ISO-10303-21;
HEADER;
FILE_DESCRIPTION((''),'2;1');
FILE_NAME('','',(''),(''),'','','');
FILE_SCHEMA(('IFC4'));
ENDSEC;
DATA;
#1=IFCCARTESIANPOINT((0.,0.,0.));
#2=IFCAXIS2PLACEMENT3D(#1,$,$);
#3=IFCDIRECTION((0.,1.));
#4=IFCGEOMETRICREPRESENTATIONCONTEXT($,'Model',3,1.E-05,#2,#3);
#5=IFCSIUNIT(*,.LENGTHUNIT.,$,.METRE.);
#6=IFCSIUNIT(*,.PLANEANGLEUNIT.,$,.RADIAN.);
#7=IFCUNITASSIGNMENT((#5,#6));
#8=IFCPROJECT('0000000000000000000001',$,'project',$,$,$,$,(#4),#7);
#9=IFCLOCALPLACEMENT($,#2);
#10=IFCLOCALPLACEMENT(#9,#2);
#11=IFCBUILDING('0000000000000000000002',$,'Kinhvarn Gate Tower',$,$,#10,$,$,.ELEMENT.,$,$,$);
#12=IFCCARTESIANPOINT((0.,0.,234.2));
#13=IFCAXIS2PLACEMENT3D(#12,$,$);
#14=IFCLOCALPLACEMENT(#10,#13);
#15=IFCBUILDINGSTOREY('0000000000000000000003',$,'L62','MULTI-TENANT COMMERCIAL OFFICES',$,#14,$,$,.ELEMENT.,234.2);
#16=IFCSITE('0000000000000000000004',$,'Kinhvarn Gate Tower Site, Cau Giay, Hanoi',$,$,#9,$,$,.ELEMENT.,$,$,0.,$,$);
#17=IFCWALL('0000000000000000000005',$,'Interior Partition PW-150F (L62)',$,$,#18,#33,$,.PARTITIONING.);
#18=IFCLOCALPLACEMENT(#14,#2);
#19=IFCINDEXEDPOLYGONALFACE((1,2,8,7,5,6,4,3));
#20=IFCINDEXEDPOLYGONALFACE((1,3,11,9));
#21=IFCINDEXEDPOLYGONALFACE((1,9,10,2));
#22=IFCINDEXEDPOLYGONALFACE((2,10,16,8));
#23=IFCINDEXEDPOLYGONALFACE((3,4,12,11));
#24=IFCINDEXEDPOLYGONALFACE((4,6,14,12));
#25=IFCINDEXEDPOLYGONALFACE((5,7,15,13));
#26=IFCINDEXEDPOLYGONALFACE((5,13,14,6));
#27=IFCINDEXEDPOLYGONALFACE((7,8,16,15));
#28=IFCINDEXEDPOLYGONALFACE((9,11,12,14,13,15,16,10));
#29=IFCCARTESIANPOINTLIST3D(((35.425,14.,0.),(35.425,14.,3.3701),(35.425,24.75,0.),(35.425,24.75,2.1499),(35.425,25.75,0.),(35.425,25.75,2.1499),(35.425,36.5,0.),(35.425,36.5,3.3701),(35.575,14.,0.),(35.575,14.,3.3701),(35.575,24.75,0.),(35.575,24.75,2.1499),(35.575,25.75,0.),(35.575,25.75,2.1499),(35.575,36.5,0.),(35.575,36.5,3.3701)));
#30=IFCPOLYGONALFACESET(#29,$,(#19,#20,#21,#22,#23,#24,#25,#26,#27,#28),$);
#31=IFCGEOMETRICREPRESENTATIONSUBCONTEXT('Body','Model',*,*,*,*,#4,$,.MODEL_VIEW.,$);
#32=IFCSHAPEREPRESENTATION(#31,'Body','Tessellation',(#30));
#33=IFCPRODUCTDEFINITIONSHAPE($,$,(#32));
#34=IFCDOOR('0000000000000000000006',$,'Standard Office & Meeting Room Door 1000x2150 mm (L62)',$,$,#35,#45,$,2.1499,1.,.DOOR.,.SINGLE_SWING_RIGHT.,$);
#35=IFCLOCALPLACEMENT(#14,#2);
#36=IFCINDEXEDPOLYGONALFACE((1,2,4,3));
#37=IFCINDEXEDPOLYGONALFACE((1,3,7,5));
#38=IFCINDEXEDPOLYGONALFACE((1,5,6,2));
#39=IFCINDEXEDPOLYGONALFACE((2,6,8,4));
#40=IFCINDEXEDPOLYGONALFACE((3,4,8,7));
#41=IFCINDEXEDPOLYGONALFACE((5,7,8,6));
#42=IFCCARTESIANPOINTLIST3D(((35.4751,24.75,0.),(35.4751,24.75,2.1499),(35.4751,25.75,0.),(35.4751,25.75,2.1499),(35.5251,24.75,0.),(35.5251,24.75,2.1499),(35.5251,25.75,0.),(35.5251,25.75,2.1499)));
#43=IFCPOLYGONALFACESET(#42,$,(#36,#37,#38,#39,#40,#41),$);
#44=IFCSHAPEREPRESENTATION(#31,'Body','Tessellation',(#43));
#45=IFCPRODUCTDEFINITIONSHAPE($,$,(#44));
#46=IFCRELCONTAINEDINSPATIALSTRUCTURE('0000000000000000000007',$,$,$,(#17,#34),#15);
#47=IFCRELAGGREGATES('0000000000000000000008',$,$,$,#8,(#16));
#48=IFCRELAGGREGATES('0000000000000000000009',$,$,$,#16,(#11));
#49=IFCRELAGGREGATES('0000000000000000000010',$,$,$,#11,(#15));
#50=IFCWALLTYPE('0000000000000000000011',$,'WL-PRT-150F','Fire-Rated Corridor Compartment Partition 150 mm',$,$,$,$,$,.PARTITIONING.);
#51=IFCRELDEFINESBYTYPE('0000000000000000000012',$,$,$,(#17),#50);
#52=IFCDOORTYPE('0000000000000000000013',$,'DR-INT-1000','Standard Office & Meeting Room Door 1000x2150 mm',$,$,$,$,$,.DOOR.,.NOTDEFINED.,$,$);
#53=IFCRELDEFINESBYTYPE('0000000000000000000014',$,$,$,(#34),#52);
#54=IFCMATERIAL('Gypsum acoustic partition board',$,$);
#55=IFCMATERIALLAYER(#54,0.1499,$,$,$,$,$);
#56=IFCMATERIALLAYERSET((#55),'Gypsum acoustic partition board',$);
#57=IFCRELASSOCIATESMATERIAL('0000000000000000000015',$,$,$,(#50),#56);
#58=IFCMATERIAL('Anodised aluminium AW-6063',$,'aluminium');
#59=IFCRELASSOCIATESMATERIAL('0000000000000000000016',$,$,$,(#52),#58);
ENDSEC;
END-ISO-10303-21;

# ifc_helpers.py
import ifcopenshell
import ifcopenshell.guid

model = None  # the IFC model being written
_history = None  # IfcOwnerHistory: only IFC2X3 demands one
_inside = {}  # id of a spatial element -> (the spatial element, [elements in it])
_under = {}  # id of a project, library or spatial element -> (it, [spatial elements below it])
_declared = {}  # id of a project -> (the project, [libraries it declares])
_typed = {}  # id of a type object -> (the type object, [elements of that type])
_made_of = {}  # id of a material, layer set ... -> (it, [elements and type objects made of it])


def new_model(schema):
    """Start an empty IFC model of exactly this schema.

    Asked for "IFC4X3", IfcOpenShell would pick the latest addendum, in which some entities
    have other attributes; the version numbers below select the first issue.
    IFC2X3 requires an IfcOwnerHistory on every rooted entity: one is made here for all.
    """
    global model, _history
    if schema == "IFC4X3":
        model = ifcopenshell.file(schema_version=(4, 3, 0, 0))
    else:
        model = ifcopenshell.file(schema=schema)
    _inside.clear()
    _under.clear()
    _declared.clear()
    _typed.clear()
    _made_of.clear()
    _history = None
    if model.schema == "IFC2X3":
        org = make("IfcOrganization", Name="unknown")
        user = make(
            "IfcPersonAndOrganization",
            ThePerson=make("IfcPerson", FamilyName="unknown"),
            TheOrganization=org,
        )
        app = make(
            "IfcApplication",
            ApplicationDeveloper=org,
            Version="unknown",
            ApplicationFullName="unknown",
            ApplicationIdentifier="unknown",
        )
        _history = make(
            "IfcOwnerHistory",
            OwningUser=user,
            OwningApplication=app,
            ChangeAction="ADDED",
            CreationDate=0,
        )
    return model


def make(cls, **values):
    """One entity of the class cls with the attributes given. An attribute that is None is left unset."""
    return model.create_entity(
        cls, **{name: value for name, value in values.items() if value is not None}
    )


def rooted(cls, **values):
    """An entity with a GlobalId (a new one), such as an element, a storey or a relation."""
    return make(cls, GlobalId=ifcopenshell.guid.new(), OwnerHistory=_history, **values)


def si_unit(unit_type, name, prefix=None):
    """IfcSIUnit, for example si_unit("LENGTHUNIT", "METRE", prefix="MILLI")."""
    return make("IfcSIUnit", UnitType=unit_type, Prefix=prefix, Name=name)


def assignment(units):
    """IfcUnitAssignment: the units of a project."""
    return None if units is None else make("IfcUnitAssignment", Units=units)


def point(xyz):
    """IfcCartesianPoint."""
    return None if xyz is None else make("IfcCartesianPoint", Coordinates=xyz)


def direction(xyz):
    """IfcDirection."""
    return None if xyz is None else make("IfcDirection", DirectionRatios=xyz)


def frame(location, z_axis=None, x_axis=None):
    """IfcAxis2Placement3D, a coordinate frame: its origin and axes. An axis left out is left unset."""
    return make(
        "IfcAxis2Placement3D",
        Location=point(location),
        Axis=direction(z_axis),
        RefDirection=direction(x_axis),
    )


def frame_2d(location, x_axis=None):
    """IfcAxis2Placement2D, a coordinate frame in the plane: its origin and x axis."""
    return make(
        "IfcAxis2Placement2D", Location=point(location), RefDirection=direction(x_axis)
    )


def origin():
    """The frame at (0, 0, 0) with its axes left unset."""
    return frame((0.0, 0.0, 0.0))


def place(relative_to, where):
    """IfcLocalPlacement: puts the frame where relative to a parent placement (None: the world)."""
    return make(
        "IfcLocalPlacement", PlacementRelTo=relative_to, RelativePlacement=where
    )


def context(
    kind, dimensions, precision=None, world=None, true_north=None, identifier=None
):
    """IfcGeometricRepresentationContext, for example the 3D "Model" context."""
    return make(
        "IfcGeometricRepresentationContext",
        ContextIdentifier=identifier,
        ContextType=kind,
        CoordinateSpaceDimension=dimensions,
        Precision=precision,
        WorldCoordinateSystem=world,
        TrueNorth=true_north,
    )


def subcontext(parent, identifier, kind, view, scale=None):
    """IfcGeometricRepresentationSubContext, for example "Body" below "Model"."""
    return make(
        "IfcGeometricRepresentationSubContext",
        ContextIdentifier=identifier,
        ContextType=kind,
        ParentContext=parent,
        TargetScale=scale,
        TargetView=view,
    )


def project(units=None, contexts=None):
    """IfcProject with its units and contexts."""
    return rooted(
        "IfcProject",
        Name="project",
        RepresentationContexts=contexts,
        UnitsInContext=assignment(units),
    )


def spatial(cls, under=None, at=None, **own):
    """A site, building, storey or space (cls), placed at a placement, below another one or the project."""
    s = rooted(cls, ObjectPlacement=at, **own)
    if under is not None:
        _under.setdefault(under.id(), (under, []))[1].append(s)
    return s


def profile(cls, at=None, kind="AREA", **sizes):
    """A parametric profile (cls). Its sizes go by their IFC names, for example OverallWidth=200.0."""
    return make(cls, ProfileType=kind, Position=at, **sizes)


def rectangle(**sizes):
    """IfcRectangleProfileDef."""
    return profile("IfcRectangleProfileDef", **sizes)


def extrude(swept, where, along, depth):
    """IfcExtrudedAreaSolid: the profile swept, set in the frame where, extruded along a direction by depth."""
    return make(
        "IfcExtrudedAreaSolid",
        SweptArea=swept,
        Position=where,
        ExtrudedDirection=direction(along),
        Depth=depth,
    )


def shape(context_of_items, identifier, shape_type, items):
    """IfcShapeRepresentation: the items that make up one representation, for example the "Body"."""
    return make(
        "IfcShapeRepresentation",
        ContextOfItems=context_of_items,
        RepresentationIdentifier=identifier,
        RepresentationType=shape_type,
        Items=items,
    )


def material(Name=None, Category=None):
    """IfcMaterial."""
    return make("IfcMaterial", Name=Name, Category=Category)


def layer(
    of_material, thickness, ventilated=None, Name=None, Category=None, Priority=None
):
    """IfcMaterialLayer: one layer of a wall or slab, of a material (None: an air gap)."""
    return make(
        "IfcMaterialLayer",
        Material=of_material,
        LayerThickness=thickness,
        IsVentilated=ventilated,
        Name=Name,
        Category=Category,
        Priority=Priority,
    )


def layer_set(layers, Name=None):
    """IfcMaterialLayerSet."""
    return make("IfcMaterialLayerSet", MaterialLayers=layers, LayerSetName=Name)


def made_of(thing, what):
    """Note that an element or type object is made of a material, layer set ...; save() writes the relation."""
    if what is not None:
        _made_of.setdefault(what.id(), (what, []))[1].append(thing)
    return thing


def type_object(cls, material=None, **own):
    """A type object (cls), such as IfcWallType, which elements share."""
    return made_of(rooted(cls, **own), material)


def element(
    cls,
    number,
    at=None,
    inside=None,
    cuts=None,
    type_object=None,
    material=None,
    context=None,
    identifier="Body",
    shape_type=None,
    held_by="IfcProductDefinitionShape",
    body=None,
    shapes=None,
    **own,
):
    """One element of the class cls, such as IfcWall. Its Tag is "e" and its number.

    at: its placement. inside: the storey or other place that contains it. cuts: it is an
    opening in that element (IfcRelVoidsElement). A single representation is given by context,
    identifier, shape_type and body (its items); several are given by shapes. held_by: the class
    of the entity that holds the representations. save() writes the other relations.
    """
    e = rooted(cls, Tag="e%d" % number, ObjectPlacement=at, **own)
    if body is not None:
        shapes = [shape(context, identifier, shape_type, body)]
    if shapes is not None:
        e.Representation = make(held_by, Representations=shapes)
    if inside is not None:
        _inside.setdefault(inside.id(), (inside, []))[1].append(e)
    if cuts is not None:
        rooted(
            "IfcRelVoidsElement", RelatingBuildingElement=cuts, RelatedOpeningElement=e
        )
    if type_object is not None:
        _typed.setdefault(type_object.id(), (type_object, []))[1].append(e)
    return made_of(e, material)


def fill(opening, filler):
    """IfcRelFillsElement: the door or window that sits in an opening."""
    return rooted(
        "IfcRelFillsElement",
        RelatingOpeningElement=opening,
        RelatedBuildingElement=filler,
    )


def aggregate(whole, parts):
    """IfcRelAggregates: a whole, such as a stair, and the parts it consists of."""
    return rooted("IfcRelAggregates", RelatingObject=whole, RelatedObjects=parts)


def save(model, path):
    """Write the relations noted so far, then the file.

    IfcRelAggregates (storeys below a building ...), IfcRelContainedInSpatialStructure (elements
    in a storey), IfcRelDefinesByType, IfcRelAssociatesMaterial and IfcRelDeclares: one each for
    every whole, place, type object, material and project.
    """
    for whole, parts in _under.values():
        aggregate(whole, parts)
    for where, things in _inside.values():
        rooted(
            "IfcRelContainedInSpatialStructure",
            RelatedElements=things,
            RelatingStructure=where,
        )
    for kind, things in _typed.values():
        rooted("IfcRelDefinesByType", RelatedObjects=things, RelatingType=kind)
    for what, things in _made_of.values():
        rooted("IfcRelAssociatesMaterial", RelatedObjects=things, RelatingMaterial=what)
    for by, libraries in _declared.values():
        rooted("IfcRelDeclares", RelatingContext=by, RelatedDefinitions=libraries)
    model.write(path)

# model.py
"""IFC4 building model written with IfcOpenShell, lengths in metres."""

from ifc_helpers import new_model, si_unit, direction, frame, frame_2d, origin, place, context, subcontext, project, spatial, rectangle, extrude, material, layer, layer_set, type_object, element, fill, save


model = new_model("IFC4")

# Units and contexts
model_context = context("Model", 3, precision=1e-05, world=origin(), true_north=direction((0.0, 1.0)))
body_context = subcontext(model_context, "Body", "Model", "MODEL_VIEW")
ifc_project = project(units=[si_unit("LENGTHUNIT", "METRE"), si_unit("PLANEANGLEUNIT", "RADIAN")], contexts=[model_context])

# Site, building, storey
site_placement = place(None, origin())
site = spatial("IfcSite", under=ifc_project, at=site_placement, Name="Kinhvarn Gate Tower Site, Cau Giay, Hanoi", CompositionType="ELEMENT", RefElevation=0.0)
building_placement = place(site_placement, origin())
building = spatial("IfcBuilding", under=site, at=building_placement, Name="Kinhvarn Gate Tower", CompositionType="ELEMENT")
storey_placement = place(building_placement, frame((0.0, 0.0, 234.2)))
storey = spatial("IfcBuildingStorey", under=building, at=storey_placement, Name="L62", Description="MULTI-TENANT COMMERCIAL OFFICES", CompositionType="ELEMENT", Elevation=234.2)

# Shared definitions
ifc_material_1 = material(Name="Anodised aluminium AW-6063", Category="aluminium")

# Wall, opening, door
ifc_material_2 = material(Name="Gypsum acoustic partition board")
ifc_layer_1 = layer(ifc_material_2, 0.1499)
ifc_layer_set_1 = layer_set([ifc_layer_1], Name="Gypsum acoustic partition board")
wall_type = type_object("IfcWallType", Name="WL-PRT-150F", Description="Fire-Rated Corridor Compartment Partition 150 mm", PredefinedType="PARTITIONING", material=ifc_layer_set_1)
wall_placement = place(storey_placement, frame((35.5, 14.0, 0.0), z_axis=(0.0, 0.0, 1.0), x_axis=(0.0, 1.0, 0.0)))
wall = element("IfcWall", 1, at=wall_placement, inside=storey, type_object=wall_type, Name="Interior Partition PW-150F (L62)", PredefinedType="PARTITIONING", context=body_context, shape_type="SweptSolid", body=[
    extrude(rectangle(XDim=22.5, YDim=0.1499, at=frame_2d((11.25, 0.0))), origin(), (0.0, 0.0, 1.0), 3.3701),
])
opening_placement = place(wall_placement, frame((10.75, 0.0, 0.0)))
opening = element("IfcOpeningElement", 2, at=opening_placement, cuts=wall, PredefinedType="OPENING", context=body_context, shape_type="SweptSolid", body=[
    extrude(rectangle(XDim=1.0, YDim=2.1499, at=frame_2d((0.5, 1.075))), frame((0.0, 0.085, 0.0), z_axis=(0.0, -1.0, 0.0), x_axis=(1.0, 0.0, 0.0)), (0.0, 0.0, 1.0), 0.1699),
])
door_type = type_object("IfcDoorType", Name="DR-INT-1000", Description="Standard Office & Meeting Room Door 1000x2150 mm", OperationType="NOTDEFINED", PredefinedType="DOOR", material=ifc_material_1)
door_placement = place(opening_placement, origin())
door = element("IfcDoor", 3, at=door_placement, inside=storey, type_object=door_type, Name="Standard Office & Meeting Room Door 1000x2150 mm (L62)", OperationType="SINGLE_SWING_RIGHT", OverallHeight=2.1499, OverallWidth=1.0, PredefinedType="DOOR", context=body_context, shape_type="SweptSolid", body=[
    extrude(rectangle(XDim=1.0, YDim=2.1499, at=frame_2d((0.5, 1.075))), frame((0.0, 0.0249, 0.0), z_axis=(0.0, -1.0, 0.0), x_axis=(1.0, 0.0, 0.0)), (0.0, 0.0, 1.0), 0.05),
])
fill(opening, door)

save(model, "model.ifc")
